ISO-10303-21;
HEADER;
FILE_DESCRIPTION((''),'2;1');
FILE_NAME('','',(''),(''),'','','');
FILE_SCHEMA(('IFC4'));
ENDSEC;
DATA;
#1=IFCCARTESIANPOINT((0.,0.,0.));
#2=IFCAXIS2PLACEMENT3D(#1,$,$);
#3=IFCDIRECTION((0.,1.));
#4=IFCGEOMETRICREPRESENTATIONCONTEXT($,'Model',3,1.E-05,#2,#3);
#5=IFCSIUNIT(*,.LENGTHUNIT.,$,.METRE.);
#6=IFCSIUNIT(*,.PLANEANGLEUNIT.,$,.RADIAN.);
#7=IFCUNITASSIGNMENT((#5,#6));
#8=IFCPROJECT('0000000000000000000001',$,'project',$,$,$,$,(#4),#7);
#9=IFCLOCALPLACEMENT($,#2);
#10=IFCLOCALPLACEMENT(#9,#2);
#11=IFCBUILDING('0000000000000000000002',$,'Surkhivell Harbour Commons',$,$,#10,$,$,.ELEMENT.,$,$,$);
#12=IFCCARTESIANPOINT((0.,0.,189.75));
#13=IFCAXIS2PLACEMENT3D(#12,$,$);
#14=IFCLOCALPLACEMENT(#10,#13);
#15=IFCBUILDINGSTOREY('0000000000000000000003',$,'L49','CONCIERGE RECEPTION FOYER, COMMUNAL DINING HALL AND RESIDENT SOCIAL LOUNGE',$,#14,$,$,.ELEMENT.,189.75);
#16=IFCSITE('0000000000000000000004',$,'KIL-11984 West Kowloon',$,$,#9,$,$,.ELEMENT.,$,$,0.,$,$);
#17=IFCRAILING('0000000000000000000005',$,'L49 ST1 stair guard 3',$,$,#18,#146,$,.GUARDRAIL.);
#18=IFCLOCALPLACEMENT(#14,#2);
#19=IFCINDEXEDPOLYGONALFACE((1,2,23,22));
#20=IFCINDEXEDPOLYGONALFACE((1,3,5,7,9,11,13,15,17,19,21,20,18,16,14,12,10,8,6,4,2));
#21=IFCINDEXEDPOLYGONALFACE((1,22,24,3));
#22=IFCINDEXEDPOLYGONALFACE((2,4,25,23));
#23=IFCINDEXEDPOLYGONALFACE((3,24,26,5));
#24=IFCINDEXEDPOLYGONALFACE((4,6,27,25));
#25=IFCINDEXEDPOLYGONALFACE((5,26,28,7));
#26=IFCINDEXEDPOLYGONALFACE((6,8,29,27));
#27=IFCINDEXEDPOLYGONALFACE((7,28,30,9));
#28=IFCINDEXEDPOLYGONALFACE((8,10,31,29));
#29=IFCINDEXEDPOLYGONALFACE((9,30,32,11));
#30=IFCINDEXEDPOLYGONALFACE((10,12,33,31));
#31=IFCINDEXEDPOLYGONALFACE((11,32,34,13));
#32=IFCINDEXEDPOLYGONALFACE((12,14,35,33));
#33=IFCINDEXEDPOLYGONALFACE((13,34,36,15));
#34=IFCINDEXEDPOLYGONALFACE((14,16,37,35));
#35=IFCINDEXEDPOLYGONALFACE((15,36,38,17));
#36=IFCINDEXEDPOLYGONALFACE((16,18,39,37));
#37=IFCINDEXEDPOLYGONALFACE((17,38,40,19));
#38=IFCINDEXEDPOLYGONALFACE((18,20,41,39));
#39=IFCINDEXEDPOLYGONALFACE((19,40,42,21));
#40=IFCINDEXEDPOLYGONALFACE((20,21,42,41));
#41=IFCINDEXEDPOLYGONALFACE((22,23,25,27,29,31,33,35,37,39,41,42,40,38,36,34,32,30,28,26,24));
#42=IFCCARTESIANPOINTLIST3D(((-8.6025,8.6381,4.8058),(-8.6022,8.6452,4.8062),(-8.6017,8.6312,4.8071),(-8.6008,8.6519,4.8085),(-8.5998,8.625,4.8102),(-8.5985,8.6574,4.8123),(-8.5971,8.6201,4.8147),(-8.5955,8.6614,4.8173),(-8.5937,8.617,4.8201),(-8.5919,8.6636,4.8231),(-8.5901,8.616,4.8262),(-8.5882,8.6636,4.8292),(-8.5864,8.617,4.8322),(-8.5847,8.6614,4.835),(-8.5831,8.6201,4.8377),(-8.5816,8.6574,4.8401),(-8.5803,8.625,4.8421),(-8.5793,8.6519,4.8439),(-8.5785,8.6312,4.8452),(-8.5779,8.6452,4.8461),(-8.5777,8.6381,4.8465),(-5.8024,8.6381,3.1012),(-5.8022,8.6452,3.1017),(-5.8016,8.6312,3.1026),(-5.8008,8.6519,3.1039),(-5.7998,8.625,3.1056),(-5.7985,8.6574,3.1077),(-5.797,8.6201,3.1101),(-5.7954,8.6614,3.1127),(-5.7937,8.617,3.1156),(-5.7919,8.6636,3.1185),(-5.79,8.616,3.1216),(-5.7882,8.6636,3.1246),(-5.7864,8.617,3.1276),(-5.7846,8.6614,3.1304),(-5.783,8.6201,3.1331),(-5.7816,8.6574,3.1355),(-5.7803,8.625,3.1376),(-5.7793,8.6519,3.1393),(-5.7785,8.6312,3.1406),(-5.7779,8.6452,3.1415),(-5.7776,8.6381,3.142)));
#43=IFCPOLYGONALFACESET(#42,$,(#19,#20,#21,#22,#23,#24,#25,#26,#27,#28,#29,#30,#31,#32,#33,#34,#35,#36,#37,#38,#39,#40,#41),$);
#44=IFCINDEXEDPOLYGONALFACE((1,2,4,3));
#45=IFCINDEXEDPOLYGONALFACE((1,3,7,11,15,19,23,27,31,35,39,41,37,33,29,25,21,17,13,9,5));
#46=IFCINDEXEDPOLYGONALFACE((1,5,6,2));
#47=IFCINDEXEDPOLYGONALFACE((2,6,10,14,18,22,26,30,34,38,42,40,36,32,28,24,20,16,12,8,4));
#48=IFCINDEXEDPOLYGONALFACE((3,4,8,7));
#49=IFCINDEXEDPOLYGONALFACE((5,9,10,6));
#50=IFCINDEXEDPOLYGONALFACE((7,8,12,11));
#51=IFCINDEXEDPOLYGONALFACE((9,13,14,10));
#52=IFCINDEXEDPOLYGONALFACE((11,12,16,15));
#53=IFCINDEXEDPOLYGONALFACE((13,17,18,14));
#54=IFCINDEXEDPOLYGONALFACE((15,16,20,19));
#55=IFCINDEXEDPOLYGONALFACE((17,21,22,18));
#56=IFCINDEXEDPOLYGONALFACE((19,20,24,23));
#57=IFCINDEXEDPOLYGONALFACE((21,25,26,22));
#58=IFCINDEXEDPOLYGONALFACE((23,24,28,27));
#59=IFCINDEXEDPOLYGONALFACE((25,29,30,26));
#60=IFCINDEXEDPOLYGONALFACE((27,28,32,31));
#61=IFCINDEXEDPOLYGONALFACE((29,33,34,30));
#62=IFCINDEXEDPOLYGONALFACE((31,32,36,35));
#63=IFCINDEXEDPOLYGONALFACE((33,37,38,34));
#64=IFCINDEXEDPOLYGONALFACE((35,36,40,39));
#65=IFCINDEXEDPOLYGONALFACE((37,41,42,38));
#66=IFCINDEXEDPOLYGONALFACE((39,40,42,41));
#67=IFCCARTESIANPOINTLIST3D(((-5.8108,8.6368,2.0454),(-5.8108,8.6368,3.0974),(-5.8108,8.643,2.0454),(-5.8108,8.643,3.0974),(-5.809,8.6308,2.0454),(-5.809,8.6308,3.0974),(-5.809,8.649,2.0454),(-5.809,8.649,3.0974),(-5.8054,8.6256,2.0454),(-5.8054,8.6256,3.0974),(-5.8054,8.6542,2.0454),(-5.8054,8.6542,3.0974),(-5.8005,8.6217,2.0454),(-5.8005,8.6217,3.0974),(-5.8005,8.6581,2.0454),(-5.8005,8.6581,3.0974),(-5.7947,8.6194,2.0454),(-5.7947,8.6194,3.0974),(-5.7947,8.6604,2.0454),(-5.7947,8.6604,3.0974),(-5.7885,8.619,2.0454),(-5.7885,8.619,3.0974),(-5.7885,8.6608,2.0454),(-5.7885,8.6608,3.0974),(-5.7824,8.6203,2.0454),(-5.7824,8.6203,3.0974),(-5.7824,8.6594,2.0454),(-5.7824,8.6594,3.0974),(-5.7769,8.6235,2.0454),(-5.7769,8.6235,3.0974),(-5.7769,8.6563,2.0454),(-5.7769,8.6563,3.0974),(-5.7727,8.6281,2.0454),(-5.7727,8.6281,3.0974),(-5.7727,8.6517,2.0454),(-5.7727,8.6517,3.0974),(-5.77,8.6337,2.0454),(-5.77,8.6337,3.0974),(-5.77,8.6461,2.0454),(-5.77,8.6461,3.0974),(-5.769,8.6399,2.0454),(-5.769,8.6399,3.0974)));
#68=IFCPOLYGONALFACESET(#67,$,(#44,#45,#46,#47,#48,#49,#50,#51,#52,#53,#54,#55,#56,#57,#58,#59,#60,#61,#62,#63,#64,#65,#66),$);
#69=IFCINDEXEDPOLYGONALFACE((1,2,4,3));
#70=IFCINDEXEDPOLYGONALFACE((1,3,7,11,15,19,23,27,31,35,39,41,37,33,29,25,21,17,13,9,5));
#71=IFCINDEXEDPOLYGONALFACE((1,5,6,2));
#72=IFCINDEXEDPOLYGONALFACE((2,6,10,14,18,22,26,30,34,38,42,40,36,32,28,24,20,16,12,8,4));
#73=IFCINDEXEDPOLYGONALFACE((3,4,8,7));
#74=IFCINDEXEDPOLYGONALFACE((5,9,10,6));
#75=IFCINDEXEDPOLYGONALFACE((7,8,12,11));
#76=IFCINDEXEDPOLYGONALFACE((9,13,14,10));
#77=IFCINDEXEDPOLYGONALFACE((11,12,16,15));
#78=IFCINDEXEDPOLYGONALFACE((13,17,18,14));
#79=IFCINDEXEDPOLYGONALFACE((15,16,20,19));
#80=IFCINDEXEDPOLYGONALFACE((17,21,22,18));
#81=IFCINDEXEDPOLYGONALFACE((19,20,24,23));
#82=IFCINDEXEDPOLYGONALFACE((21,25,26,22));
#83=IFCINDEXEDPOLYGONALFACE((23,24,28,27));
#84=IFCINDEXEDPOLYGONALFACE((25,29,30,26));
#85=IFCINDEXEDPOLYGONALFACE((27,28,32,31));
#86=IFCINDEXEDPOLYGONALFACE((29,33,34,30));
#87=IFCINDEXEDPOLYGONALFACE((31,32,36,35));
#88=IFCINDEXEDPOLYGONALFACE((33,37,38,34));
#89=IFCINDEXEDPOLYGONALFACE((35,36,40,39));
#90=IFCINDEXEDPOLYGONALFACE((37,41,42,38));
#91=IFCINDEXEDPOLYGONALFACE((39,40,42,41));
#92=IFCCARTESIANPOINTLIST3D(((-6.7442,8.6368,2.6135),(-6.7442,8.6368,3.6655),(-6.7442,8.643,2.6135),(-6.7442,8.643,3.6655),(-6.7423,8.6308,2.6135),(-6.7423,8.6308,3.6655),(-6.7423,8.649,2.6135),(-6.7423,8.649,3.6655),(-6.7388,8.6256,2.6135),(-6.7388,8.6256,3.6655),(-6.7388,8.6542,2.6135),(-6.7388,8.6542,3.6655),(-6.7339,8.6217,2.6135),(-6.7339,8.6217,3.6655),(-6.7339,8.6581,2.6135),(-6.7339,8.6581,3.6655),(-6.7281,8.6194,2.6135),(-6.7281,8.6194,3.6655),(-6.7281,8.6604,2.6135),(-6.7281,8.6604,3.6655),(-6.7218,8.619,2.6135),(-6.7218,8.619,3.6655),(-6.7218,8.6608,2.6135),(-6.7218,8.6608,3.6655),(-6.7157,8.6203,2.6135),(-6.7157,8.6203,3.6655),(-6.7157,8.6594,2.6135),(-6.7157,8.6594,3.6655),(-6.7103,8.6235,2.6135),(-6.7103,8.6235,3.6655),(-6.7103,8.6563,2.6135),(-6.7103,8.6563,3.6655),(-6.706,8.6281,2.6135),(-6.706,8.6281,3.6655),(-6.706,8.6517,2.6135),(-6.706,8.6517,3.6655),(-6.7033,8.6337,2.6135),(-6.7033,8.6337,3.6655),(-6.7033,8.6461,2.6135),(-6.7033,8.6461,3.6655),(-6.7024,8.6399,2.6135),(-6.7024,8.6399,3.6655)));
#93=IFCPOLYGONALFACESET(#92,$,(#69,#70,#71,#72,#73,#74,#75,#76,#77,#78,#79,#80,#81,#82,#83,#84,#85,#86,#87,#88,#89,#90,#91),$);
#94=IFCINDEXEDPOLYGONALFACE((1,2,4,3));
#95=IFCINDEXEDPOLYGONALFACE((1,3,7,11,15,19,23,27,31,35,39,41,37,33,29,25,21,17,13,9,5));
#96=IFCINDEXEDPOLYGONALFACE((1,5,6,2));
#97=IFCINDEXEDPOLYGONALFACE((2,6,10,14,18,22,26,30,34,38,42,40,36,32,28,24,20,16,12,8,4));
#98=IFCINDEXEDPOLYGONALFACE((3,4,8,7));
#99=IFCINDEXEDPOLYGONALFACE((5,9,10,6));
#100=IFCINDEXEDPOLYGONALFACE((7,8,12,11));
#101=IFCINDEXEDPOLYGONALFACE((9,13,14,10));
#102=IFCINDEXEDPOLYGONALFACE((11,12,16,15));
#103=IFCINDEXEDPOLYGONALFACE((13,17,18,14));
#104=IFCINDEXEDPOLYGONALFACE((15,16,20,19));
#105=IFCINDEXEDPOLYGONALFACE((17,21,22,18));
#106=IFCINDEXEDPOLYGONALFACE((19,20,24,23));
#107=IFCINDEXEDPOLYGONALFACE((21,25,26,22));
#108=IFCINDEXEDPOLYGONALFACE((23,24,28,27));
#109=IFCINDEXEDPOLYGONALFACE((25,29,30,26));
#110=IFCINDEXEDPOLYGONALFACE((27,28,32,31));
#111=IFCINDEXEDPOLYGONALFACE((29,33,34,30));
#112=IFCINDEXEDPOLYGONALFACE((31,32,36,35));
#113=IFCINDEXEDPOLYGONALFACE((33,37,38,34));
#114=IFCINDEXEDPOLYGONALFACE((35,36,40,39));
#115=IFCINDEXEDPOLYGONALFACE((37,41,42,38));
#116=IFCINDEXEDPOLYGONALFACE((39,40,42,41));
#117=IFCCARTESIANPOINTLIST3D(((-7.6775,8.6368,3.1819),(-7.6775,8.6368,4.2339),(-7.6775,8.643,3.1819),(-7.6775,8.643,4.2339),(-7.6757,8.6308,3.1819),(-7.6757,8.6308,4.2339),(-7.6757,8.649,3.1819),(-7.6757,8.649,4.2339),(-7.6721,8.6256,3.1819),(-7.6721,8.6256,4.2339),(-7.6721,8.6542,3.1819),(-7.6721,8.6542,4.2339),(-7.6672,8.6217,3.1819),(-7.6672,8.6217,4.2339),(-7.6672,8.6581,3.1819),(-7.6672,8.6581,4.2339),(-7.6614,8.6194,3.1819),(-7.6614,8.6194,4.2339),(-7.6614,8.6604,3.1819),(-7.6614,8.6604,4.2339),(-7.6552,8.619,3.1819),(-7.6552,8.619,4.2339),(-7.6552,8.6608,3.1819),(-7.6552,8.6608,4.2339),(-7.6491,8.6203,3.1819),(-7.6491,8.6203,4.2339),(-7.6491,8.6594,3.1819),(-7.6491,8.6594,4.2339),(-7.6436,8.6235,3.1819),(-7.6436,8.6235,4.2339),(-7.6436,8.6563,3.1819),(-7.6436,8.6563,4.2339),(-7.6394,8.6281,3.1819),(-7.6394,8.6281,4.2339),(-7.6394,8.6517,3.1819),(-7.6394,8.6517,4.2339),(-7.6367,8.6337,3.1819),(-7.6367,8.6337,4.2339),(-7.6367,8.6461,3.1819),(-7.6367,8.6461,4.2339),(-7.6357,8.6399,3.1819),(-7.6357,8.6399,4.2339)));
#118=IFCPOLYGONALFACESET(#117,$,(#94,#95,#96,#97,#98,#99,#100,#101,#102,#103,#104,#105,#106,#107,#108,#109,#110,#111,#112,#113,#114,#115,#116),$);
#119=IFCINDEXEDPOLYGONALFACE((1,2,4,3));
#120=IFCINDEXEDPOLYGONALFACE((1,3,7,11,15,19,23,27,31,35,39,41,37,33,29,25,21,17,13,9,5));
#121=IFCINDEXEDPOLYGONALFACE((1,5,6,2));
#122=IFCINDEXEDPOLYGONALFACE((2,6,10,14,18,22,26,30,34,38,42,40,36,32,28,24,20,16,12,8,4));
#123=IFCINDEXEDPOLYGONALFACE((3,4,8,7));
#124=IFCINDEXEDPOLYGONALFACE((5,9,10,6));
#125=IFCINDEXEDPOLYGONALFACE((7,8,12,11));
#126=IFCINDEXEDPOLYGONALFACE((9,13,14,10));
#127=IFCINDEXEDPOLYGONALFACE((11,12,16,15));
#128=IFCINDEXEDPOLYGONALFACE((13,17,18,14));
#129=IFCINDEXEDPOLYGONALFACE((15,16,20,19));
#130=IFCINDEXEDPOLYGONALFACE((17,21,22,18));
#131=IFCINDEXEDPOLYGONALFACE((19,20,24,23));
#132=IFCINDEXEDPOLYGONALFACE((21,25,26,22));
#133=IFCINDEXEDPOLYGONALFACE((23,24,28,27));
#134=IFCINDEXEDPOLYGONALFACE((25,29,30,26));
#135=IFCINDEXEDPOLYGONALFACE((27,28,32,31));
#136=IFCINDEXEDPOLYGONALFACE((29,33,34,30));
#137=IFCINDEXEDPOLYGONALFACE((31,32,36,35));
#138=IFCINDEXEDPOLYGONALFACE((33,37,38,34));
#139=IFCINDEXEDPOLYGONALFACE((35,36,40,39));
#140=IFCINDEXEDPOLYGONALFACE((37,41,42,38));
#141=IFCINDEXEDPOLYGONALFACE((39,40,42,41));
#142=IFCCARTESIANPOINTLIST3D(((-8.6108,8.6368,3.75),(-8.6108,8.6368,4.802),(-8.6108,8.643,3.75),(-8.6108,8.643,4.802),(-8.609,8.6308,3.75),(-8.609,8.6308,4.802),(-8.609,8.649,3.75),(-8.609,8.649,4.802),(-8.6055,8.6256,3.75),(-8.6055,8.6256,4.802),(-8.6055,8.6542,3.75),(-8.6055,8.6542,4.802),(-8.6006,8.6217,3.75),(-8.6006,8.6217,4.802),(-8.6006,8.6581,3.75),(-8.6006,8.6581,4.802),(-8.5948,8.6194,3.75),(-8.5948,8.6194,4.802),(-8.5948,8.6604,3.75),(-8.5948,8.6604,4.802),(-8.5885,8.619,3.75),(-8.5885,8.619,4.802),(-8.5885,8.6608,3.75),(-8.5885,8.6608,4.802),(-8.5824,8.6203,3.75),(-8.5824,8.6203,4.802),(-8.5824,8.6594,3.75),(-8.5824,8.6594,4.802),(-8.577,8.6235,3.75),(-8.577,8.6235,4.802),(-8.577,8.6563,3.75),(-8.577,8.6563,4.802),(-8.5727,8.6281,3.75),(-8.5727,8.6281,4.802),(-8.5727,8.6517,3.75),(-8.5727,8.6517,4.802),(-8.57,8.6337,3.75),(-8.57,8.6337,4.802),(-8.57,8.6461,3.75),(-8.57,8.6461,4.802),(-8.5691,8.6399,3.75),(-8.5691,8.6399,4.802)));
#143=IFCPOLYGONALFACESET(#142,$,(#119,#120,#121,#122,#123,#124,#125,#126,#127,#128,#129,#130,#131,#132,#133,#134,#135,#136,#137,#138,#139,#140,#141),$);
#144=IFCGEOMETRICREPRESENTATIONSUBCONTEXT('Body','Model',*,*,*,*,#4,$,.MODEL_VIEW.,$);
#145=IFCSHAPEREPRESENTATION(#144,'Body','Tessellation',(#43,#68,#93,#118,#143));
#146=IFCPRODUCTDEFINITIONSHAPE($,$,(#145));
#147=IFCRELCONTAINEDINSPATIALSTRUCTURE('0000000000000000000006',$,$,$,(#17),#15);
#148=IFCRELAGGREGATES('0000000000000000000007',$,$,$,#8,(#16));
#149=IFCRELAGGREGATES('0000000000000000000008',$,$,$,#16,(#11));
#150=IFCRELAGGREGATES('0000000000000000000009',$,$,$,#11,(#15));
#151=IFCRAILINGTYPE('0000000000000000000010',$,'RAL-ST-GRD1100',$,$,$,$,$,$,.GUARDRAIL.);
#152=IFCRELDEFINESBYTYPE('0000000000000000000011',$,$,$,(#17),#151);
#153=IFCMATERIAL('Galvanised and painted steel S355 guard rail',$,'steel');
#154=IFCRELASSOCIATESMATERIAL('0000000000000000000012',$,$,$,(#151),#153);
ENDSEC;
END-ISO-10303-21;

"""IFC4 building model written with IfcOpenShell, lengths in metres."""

from ifc_helpers import new_model, si_unit, direction, frame, origin, origin_2d, place, context, subcontext, project, spatial, circle, extrude, material, type_object, element, save


model = new_model("IFC4")

# Units and contexts
model_context = context("Model", 3, precision=1e-05, world=origin(), true_north=direction((0.0, 1.0)))
body_context = subcontext(model_context, "Body", "Model", "MODEL_VIEW")
ifc_project = project(units=[si_unit("LENGTHUNIT", "METRE"), si_unit("PLANEANGLEUNIT", "RADIAN")], contexts=[model_context])

# Site, building, storey
site_placement = place(None, origin())
site = spatial("IfcSite", under=ifc_project, at=site_placement, Name="KIL-11984 West Kowloon", CompositionType="ELEMENT", RefElevation=0.0)
building_placement = place(site_placement, origin())
building = spatial("IfcBuilding", under=site, at=building_placement, Name="Surkhivell Harbour Commons", CompositionType="ELEMENT")
storey_placement = place(building_placement, frame((0.0, 0.0, 189.75)))
storey = spatial("IfcBuildingStorey", under=building, at=storey_placement, Name="L49", Description="CONCIERGE RECEPTION FOYER, COMMUNAL DINING HALL AND RESIDENT SOCIAL LOUNGE", CompositionType="ELEMENT", Elevation=189.75)

# Railing
ifc_material_1 = material(Name="Galvanised and painted steel S355 guard rail", Category="steel")
railing_type_1 = type_object("IfcRailingType", Name="RAL-ST-GRD1100", PredefinedType="GUARDRAIL", material=ifc_material_1)
railing_1_placement = place(storey_placement, frame((-5.79, 8.6399, 2.0454)))
element("IfcRailing", 1, at=railing_1_placement, inside=storey, type_object=railing_type_1, Name="L49 ST1 stair guard 3", PredefinedType="GUARDRAIL", context=body_context, shape_type="SweptSolid", body=[
    extrude(circle(Radius=0.0239, at=origin_2d()), frame((0.0, 0.0, 1.0762), z_axis=(-0.85417, 0.0, 0.519994), x_axis=(0.0, -1.0, 0.0)), (0.0, 0.0, 1.0), 3.2781),
    extrude(circle(Radius=0.021, at=origin_2d()), origin(), (0.0, 0.0, 1.0), 1.052),
    extrude(circle(Radius=0.021, at=origin_2d()), frame((-0.9333, 0.0, 0.5681)), (0.0, 0.0, 1.0), 1.052),
    extrude(circle(Radius=0.021, at=origin_2d()), frame((-1.8667, 0.0, 1.1365)), (0.0, 0.0, 1.0), 1.052),
    extrude(circle(Radius=0.021, at=origin_2d()), frame((-2.8, 0.0, 1.7046)), (0.0, 0.0, 1.0), 1.052),
])

save(model, "model.ifc")
